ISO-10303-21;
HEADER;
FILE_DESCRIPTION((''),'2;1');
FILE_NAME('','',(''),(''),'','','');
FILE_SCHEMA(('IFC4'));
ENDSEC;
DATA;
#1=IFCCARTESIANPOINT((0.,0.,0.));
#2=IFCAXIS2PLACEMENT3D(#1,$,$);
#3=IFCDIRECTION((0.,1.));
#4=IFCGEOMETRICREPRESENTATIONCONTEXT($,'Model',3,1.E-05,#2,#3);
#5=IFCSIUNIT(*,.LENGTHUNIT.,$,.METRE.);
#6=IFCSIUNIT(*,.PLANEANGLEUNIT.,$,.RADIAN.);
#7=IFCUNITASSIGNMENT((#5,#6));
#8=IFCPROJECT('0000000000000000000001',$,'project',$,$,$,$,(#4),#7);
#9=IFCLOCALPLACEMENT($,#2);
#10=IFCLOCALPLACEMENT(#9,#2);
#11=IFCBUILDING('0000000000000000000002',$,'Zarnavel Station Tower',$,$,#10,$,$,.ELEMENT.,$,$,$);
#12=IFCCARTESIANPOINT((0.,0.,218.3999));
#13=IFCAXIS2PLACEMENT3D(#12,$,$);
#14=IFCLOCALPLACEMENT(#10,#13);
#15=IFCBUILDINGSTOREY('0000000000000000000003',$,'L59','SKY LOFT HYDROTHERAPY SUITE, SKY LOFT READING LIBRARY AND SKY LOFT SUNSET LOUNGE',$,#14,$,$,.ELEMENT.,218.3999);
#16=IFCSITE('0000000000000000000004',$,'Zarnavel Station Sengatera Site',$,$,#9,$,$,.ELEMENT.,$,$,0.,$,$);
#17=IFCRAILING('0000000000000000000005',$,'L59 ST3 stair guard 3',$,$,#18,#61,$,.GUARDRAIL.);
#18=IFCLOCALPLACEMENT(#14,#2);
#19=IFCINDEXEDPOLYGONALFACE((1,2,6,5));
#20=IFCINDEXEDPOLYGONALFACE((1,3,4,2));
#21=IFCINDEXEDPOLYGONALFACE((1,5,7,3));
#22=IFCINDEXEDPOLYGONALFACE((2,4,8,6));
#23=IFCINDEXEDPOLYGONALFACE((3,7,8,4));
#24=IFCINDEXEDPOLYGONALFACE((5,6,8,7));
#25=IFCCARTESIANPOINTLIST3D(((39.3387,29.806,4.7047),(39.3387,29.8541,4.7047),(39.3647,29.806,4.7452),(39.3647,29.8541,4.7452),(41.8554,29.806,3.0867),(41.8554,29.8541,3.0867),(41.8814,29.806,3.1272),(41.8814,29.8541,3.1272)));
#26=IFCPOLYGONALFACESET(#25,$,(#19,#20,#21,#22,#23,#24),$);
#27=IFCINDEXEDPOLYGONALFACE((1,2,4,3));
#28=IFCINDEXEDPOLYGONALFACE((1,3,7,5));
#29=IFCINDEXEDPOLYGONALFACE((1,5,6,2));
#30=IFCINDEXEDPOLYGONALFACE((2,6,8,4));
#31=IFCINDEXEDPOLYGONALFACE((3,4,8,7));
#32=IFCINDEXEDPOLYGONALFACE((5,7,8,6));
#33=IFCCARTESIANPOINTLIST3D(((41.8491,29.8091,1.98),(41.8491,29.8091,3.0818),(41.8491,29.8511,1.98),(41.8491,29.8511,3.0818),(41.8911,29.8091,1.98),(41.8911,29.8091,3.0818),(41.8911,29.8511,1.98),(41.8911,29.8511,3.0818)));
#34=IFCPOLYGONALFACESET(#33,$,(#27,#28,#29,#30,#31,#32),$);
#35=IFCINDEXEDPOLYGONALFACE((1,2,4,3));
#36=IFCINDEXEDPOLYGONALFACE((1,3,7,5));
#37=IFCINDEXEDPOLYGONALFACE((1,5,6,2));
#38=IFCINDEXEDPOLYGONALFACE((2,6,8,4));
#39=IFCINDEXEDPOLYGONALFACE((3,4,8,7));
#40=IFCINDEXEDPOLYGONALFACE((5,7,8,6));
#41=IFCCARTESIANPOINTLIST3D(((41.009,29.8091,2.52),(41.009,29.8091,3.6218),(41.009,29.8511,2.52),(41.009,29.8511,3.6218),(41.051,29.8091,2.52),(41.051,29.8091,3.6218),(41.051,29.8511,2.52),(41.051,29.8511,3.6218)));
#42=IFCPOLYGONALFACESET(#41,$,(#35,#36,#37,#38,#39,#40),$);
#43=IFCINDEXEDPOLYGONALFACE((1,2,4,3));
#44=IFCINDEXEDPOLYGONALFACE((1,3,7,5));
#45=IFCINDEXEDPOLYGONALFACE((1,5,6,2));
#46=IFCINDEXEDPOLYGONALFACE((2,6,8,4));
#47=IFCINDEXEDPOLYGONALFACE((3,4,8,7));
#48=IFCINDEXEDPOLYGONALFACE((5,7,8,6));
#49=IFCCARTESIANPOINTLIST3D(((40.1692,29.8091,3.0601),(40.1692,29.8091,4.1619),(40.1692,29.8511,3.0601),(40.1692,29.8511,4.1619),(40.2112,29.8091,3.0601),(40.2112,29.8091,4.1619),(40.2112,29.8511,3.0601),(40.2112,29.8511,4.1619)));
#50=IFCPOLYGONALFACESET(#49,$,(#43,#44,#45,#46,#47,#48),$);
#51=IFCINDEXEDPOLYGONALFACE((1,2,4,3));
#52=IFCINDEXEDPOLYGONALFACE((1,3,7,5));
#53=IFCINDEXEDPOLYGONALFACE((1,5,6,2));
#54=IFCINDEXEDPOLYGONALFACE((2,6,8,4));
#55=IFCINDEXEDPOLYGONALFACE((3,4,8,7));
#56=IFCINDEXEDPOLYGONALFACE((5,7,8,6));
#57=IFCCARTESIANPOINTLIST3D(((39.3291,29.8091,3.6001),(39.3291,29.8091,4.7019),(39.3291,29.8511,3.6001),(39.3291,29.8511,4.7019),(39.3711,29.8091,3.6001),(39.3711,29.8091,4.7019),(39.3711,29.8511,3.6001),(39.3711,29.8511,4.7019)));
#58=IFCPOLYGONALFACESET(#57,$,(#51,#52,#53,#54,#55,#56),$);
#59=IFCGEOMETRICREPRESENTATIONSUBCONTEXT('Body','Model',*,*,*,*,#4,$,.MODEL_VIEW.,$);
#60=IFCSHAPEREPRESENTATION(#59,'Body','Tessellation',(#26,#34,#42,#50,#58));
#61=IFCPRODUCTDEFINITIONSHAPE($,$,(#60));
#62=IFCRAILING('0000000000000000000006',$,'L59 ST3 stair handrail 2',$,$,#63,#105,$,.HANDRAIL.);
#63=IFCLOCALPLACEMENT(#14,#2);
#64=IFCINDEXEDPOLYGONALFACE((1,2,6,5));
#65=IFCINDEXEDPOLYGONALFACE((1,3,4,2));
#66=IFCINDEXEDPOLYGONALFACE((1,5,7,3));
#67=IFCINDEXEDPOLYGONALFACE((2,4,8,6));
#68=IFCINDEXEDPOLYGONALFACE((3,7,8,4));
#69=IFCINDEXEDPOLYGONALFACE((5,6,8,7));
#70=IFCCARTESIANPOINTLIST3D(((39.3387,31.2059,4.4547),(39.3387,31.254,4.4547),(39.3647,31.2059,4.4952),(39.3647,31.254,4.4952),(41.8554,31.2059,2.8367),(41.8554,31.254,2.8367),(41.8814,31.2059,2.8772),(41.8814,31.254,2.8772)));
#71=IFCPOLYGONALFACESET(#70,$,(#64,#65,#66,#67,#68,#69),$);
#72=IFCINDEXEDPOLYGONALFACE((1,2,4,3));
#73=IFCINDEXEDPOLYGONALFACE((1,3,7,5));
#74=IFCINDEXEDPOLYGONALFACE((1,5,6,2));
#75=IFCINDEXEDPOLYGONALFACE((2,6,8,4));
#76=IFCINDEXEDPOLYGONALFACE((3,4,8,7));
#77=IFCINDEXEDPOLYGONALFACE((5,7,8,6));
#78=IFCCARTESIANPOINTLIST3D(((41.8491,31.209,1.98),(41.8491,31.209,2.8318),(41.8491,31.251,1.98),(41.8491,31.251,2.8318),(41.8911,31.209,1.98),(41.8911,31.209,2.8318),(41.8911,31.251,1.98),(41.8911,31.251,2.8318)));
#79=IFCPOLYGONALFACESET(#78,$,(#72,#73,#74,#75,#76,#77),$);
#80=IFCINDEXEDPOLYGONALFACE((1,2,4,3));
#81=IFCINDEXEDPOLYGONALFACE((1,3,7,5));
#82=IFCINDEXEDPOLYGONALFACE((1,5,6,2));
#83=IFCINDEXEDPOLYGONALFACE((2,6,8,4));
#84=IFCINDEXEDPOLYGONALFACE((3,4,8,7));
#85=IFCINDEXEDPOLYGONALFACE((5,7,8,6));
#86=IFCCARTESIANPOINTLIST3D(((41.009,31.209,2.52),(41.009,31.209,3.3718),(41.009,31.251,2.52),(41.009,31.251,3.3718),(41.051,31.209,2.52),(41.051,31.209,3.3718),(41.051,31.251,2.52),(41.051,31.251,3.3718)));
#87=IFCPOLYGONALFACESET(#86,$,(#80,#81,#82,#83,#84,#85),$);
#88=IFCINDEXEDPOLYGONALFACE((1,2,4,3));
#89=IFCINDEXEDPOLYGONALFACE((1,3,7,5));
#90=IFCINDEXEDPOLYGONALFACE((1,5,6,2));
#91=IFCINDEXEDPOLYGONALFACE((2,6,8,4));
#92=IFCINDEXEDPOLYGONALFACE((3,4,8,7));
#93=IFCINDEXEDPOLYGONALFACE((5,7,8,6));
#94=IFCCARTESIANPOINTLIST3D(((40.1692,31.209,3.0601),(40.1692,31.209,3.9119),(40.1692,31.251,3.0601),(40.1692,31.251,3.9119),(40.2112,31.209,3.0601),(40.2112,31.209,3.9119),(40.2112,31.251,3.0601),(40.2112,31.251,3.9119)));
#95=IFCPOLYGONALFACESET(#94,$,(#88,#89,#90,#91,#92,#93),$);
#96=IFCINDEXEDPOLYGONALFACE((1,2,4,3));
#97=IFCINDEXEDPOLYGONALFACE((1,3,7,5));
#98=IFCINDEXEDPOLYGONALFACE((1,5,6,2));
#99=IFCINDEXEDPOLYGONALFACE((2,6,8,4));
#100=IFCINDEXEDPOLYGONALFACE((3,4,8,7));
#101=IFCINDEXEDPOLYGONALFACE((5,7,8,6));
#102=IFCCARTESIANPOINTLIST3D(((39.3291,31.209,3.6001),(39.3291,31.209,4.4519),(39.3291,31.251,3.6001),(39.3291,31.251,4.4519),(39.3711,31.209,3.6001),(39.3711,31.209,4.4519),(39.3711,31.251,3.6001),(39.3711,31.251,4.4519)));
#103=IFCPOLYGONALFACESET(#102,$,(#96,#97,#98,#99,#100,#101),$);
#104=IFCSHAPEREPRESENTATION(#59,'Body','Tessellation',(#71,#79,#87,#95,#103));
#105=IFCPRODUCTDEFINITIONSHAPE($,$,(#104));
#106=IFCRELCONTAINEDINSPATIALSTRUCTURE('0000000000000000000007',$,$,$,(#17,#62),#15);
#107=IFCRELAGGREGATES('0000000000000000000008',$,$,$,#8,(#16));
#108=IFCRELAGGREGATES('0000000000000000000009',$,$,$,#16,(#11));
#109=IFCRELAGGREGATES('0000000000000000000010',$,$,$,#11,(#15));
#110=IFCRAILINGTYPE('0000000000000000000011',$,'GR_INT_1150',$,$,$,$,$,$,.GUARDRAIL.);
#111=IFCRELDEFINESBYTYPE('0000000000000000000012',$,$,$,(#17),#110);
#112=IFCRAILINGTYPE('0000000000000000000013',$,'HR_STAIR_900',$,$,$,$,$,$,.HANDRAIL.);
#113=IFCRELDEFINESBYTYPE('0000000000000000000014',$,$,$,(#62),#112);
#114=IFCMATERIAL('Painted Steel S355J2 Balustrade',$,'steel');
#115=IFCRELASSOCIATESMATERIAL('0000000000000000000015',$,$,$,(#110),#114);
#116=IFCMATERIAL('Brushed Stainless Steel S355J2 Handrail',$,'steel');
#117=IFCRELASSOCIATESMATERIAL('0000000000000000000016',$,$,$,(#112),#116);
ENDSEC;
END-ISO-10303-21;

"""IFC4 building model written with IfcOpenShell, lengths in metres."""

from ifc_helpers import new_model, si_unit, direction, frame, origin, origin_2d, place, context, subcontext, project, spatial, rectangle, extrude, material, type_object, element, save


model = new_model("IFC4")

# Units and contexts
model_context = context("Model", 3, precision=1e-05, world=origin(), true_north=direction((0.0, 1.0)))
body_context = subcontext(model_context, "Body", "Model", "MODEL_VIEW")
ifc_project = project(units=[si_unit("LENGTHUNIT", "METRE"), si_unit("PLANEANGLEUNIT", "RADIAN")], contexts=[model_context])

# Site, building, storey
site_placement = place(None, origin())
site = spatial("IfcSite", under=ifc_project, at=site_placement, Name="Zarnavel Station Sengatera Site", CompositionType="ELEMENT", RefElevation=0.0)
building_placement = place(site_placement, origin())
building = spatial("IfcBuilding", under=site, at=building_placement, Name="Zarnavel Station Tower", CompositionType="ELEMENT")
storey_placement = place(building_placement, frame((0.0, 0.0, 218.3999)))
storey = spatial("IfcBuildingStorey", under=building, at=storey_placement, Name="L59", Description="SKY LOFT HYDROTHERAPY SUITE, SKY LOFT READING LIBRARY AND SKY LOFT SUNSET LOUNGE", CompositionType="ELEMENT", Elevation=218.3999)

# Railings
ifc_material_1 = material(Name="Painted Steel S355J2 Balustrade", Category="steel")
railing_type_1 = type_object("IfcRailingType", Name="GR_INT_1150", PredefinedType="GUARDRAIL", material=ifc_material_1)
railing_1_placement = place(storey_placement, frame((41.8701, 29.8301, 1.98)))
element("IfcRailing", 1, at=railing_1_placement, inside=storey, type_object=railing_type_1, Name="L59 ST3 stair guard 3", PredefinedType="GUARDRAIL", context=body_context, shape_type="SweptSolid", body=[
    extrude(rectangle(XDim=0.0481, YDim=0.0481, at=origin_2d()), frame((-0.0017, 0.0, 1.127), z_axis=(-0.841163, 0.0, 0.540782), x_axis=(0.0, -1.0, 0.0)), (0.0, 0.0, 1.0), 2.9919),
    extrude(rectangle(XDim=0.042, YDim=0.042, at=origin_2d()), origin(), (0.0, 0.0, 1.0), 1.1018),
    extrude(rectangle(XDim=0.042, YDim=0.042, at=origin_2d()), frame((-0.8401, 0.0, 0.54)), (0.0, 0.0, 1.0), 1.1018),
    extrude(rectangle(XDim=0.042, YDim=0.042, at=origin_2d()), frame((-1.6799, 0.0, 1.0801)), (0.0, 0.0, 1.0), 1.1018),
    extrude(rectangle(XDim=0.042, YDim=0.042, at=origin_2d()), frame((-2.52, 0.0, 1.6201)), (0.0, 0.0, 1.0), 1.1018),
])
ifc_material_2 = material(Name="Brushed Stainless Steel S355J2 Handrail", Category="steel")
railing_type_2 = type_object("IfcRailingType", Name="HR_STAIR_900", PredefinedType="HANDRAIL", material=ifc_material_2)
railing_2_placement = place(storey_placement, frame((41.8701, 31.23, 1.98)))
element("IfcRailing", 2, at=railing_2_placement, inside=storey, type_object=railing_type_2, Name="L59 ST3 stair handrail 2", PredefinedType="HANDRAIL", context=body_context, shape_type="SweptSolid", body=[
    extrude(rectangle(XDim=0.0481, YDim=0.0481, at=origin_2d()), frame((-0.0017, 0.0, 0.877), z_axis=(-0.841163, 0.0, 0.540782), x_axis=(0.0, -1.0, 0.0)), (0.0, 0.0, 1.0), 2.9919),
    extrude(rectangle(XDim=0.042, YDim=0.042, at=origin_2d()), origin(), (0.0, 0.0, 1.0), 0.8518),
    extrude(rectangle(XDim=0.042, YDim=0.042, at=origin_2d()), frame((-0.8401, 0.0, 0.54)), (0.0, 0.0, 1.0), 0.8518),
    extrude(rectangle(XDim=0.042, YDim=0.042, at=origin_2d()), frame((-1.6799, 0.0, 1.0801)), (0.0, 0.0, 1.0), 0.8518),
    extrude(rectangle(XDim=0.042, YDim=0.042, at=origin_2d()), frame((-2.52, 0.0, 1.6201)), (0.0, 0.0, 1.0), 0.8518),
])

save(model, "model.ifc")
